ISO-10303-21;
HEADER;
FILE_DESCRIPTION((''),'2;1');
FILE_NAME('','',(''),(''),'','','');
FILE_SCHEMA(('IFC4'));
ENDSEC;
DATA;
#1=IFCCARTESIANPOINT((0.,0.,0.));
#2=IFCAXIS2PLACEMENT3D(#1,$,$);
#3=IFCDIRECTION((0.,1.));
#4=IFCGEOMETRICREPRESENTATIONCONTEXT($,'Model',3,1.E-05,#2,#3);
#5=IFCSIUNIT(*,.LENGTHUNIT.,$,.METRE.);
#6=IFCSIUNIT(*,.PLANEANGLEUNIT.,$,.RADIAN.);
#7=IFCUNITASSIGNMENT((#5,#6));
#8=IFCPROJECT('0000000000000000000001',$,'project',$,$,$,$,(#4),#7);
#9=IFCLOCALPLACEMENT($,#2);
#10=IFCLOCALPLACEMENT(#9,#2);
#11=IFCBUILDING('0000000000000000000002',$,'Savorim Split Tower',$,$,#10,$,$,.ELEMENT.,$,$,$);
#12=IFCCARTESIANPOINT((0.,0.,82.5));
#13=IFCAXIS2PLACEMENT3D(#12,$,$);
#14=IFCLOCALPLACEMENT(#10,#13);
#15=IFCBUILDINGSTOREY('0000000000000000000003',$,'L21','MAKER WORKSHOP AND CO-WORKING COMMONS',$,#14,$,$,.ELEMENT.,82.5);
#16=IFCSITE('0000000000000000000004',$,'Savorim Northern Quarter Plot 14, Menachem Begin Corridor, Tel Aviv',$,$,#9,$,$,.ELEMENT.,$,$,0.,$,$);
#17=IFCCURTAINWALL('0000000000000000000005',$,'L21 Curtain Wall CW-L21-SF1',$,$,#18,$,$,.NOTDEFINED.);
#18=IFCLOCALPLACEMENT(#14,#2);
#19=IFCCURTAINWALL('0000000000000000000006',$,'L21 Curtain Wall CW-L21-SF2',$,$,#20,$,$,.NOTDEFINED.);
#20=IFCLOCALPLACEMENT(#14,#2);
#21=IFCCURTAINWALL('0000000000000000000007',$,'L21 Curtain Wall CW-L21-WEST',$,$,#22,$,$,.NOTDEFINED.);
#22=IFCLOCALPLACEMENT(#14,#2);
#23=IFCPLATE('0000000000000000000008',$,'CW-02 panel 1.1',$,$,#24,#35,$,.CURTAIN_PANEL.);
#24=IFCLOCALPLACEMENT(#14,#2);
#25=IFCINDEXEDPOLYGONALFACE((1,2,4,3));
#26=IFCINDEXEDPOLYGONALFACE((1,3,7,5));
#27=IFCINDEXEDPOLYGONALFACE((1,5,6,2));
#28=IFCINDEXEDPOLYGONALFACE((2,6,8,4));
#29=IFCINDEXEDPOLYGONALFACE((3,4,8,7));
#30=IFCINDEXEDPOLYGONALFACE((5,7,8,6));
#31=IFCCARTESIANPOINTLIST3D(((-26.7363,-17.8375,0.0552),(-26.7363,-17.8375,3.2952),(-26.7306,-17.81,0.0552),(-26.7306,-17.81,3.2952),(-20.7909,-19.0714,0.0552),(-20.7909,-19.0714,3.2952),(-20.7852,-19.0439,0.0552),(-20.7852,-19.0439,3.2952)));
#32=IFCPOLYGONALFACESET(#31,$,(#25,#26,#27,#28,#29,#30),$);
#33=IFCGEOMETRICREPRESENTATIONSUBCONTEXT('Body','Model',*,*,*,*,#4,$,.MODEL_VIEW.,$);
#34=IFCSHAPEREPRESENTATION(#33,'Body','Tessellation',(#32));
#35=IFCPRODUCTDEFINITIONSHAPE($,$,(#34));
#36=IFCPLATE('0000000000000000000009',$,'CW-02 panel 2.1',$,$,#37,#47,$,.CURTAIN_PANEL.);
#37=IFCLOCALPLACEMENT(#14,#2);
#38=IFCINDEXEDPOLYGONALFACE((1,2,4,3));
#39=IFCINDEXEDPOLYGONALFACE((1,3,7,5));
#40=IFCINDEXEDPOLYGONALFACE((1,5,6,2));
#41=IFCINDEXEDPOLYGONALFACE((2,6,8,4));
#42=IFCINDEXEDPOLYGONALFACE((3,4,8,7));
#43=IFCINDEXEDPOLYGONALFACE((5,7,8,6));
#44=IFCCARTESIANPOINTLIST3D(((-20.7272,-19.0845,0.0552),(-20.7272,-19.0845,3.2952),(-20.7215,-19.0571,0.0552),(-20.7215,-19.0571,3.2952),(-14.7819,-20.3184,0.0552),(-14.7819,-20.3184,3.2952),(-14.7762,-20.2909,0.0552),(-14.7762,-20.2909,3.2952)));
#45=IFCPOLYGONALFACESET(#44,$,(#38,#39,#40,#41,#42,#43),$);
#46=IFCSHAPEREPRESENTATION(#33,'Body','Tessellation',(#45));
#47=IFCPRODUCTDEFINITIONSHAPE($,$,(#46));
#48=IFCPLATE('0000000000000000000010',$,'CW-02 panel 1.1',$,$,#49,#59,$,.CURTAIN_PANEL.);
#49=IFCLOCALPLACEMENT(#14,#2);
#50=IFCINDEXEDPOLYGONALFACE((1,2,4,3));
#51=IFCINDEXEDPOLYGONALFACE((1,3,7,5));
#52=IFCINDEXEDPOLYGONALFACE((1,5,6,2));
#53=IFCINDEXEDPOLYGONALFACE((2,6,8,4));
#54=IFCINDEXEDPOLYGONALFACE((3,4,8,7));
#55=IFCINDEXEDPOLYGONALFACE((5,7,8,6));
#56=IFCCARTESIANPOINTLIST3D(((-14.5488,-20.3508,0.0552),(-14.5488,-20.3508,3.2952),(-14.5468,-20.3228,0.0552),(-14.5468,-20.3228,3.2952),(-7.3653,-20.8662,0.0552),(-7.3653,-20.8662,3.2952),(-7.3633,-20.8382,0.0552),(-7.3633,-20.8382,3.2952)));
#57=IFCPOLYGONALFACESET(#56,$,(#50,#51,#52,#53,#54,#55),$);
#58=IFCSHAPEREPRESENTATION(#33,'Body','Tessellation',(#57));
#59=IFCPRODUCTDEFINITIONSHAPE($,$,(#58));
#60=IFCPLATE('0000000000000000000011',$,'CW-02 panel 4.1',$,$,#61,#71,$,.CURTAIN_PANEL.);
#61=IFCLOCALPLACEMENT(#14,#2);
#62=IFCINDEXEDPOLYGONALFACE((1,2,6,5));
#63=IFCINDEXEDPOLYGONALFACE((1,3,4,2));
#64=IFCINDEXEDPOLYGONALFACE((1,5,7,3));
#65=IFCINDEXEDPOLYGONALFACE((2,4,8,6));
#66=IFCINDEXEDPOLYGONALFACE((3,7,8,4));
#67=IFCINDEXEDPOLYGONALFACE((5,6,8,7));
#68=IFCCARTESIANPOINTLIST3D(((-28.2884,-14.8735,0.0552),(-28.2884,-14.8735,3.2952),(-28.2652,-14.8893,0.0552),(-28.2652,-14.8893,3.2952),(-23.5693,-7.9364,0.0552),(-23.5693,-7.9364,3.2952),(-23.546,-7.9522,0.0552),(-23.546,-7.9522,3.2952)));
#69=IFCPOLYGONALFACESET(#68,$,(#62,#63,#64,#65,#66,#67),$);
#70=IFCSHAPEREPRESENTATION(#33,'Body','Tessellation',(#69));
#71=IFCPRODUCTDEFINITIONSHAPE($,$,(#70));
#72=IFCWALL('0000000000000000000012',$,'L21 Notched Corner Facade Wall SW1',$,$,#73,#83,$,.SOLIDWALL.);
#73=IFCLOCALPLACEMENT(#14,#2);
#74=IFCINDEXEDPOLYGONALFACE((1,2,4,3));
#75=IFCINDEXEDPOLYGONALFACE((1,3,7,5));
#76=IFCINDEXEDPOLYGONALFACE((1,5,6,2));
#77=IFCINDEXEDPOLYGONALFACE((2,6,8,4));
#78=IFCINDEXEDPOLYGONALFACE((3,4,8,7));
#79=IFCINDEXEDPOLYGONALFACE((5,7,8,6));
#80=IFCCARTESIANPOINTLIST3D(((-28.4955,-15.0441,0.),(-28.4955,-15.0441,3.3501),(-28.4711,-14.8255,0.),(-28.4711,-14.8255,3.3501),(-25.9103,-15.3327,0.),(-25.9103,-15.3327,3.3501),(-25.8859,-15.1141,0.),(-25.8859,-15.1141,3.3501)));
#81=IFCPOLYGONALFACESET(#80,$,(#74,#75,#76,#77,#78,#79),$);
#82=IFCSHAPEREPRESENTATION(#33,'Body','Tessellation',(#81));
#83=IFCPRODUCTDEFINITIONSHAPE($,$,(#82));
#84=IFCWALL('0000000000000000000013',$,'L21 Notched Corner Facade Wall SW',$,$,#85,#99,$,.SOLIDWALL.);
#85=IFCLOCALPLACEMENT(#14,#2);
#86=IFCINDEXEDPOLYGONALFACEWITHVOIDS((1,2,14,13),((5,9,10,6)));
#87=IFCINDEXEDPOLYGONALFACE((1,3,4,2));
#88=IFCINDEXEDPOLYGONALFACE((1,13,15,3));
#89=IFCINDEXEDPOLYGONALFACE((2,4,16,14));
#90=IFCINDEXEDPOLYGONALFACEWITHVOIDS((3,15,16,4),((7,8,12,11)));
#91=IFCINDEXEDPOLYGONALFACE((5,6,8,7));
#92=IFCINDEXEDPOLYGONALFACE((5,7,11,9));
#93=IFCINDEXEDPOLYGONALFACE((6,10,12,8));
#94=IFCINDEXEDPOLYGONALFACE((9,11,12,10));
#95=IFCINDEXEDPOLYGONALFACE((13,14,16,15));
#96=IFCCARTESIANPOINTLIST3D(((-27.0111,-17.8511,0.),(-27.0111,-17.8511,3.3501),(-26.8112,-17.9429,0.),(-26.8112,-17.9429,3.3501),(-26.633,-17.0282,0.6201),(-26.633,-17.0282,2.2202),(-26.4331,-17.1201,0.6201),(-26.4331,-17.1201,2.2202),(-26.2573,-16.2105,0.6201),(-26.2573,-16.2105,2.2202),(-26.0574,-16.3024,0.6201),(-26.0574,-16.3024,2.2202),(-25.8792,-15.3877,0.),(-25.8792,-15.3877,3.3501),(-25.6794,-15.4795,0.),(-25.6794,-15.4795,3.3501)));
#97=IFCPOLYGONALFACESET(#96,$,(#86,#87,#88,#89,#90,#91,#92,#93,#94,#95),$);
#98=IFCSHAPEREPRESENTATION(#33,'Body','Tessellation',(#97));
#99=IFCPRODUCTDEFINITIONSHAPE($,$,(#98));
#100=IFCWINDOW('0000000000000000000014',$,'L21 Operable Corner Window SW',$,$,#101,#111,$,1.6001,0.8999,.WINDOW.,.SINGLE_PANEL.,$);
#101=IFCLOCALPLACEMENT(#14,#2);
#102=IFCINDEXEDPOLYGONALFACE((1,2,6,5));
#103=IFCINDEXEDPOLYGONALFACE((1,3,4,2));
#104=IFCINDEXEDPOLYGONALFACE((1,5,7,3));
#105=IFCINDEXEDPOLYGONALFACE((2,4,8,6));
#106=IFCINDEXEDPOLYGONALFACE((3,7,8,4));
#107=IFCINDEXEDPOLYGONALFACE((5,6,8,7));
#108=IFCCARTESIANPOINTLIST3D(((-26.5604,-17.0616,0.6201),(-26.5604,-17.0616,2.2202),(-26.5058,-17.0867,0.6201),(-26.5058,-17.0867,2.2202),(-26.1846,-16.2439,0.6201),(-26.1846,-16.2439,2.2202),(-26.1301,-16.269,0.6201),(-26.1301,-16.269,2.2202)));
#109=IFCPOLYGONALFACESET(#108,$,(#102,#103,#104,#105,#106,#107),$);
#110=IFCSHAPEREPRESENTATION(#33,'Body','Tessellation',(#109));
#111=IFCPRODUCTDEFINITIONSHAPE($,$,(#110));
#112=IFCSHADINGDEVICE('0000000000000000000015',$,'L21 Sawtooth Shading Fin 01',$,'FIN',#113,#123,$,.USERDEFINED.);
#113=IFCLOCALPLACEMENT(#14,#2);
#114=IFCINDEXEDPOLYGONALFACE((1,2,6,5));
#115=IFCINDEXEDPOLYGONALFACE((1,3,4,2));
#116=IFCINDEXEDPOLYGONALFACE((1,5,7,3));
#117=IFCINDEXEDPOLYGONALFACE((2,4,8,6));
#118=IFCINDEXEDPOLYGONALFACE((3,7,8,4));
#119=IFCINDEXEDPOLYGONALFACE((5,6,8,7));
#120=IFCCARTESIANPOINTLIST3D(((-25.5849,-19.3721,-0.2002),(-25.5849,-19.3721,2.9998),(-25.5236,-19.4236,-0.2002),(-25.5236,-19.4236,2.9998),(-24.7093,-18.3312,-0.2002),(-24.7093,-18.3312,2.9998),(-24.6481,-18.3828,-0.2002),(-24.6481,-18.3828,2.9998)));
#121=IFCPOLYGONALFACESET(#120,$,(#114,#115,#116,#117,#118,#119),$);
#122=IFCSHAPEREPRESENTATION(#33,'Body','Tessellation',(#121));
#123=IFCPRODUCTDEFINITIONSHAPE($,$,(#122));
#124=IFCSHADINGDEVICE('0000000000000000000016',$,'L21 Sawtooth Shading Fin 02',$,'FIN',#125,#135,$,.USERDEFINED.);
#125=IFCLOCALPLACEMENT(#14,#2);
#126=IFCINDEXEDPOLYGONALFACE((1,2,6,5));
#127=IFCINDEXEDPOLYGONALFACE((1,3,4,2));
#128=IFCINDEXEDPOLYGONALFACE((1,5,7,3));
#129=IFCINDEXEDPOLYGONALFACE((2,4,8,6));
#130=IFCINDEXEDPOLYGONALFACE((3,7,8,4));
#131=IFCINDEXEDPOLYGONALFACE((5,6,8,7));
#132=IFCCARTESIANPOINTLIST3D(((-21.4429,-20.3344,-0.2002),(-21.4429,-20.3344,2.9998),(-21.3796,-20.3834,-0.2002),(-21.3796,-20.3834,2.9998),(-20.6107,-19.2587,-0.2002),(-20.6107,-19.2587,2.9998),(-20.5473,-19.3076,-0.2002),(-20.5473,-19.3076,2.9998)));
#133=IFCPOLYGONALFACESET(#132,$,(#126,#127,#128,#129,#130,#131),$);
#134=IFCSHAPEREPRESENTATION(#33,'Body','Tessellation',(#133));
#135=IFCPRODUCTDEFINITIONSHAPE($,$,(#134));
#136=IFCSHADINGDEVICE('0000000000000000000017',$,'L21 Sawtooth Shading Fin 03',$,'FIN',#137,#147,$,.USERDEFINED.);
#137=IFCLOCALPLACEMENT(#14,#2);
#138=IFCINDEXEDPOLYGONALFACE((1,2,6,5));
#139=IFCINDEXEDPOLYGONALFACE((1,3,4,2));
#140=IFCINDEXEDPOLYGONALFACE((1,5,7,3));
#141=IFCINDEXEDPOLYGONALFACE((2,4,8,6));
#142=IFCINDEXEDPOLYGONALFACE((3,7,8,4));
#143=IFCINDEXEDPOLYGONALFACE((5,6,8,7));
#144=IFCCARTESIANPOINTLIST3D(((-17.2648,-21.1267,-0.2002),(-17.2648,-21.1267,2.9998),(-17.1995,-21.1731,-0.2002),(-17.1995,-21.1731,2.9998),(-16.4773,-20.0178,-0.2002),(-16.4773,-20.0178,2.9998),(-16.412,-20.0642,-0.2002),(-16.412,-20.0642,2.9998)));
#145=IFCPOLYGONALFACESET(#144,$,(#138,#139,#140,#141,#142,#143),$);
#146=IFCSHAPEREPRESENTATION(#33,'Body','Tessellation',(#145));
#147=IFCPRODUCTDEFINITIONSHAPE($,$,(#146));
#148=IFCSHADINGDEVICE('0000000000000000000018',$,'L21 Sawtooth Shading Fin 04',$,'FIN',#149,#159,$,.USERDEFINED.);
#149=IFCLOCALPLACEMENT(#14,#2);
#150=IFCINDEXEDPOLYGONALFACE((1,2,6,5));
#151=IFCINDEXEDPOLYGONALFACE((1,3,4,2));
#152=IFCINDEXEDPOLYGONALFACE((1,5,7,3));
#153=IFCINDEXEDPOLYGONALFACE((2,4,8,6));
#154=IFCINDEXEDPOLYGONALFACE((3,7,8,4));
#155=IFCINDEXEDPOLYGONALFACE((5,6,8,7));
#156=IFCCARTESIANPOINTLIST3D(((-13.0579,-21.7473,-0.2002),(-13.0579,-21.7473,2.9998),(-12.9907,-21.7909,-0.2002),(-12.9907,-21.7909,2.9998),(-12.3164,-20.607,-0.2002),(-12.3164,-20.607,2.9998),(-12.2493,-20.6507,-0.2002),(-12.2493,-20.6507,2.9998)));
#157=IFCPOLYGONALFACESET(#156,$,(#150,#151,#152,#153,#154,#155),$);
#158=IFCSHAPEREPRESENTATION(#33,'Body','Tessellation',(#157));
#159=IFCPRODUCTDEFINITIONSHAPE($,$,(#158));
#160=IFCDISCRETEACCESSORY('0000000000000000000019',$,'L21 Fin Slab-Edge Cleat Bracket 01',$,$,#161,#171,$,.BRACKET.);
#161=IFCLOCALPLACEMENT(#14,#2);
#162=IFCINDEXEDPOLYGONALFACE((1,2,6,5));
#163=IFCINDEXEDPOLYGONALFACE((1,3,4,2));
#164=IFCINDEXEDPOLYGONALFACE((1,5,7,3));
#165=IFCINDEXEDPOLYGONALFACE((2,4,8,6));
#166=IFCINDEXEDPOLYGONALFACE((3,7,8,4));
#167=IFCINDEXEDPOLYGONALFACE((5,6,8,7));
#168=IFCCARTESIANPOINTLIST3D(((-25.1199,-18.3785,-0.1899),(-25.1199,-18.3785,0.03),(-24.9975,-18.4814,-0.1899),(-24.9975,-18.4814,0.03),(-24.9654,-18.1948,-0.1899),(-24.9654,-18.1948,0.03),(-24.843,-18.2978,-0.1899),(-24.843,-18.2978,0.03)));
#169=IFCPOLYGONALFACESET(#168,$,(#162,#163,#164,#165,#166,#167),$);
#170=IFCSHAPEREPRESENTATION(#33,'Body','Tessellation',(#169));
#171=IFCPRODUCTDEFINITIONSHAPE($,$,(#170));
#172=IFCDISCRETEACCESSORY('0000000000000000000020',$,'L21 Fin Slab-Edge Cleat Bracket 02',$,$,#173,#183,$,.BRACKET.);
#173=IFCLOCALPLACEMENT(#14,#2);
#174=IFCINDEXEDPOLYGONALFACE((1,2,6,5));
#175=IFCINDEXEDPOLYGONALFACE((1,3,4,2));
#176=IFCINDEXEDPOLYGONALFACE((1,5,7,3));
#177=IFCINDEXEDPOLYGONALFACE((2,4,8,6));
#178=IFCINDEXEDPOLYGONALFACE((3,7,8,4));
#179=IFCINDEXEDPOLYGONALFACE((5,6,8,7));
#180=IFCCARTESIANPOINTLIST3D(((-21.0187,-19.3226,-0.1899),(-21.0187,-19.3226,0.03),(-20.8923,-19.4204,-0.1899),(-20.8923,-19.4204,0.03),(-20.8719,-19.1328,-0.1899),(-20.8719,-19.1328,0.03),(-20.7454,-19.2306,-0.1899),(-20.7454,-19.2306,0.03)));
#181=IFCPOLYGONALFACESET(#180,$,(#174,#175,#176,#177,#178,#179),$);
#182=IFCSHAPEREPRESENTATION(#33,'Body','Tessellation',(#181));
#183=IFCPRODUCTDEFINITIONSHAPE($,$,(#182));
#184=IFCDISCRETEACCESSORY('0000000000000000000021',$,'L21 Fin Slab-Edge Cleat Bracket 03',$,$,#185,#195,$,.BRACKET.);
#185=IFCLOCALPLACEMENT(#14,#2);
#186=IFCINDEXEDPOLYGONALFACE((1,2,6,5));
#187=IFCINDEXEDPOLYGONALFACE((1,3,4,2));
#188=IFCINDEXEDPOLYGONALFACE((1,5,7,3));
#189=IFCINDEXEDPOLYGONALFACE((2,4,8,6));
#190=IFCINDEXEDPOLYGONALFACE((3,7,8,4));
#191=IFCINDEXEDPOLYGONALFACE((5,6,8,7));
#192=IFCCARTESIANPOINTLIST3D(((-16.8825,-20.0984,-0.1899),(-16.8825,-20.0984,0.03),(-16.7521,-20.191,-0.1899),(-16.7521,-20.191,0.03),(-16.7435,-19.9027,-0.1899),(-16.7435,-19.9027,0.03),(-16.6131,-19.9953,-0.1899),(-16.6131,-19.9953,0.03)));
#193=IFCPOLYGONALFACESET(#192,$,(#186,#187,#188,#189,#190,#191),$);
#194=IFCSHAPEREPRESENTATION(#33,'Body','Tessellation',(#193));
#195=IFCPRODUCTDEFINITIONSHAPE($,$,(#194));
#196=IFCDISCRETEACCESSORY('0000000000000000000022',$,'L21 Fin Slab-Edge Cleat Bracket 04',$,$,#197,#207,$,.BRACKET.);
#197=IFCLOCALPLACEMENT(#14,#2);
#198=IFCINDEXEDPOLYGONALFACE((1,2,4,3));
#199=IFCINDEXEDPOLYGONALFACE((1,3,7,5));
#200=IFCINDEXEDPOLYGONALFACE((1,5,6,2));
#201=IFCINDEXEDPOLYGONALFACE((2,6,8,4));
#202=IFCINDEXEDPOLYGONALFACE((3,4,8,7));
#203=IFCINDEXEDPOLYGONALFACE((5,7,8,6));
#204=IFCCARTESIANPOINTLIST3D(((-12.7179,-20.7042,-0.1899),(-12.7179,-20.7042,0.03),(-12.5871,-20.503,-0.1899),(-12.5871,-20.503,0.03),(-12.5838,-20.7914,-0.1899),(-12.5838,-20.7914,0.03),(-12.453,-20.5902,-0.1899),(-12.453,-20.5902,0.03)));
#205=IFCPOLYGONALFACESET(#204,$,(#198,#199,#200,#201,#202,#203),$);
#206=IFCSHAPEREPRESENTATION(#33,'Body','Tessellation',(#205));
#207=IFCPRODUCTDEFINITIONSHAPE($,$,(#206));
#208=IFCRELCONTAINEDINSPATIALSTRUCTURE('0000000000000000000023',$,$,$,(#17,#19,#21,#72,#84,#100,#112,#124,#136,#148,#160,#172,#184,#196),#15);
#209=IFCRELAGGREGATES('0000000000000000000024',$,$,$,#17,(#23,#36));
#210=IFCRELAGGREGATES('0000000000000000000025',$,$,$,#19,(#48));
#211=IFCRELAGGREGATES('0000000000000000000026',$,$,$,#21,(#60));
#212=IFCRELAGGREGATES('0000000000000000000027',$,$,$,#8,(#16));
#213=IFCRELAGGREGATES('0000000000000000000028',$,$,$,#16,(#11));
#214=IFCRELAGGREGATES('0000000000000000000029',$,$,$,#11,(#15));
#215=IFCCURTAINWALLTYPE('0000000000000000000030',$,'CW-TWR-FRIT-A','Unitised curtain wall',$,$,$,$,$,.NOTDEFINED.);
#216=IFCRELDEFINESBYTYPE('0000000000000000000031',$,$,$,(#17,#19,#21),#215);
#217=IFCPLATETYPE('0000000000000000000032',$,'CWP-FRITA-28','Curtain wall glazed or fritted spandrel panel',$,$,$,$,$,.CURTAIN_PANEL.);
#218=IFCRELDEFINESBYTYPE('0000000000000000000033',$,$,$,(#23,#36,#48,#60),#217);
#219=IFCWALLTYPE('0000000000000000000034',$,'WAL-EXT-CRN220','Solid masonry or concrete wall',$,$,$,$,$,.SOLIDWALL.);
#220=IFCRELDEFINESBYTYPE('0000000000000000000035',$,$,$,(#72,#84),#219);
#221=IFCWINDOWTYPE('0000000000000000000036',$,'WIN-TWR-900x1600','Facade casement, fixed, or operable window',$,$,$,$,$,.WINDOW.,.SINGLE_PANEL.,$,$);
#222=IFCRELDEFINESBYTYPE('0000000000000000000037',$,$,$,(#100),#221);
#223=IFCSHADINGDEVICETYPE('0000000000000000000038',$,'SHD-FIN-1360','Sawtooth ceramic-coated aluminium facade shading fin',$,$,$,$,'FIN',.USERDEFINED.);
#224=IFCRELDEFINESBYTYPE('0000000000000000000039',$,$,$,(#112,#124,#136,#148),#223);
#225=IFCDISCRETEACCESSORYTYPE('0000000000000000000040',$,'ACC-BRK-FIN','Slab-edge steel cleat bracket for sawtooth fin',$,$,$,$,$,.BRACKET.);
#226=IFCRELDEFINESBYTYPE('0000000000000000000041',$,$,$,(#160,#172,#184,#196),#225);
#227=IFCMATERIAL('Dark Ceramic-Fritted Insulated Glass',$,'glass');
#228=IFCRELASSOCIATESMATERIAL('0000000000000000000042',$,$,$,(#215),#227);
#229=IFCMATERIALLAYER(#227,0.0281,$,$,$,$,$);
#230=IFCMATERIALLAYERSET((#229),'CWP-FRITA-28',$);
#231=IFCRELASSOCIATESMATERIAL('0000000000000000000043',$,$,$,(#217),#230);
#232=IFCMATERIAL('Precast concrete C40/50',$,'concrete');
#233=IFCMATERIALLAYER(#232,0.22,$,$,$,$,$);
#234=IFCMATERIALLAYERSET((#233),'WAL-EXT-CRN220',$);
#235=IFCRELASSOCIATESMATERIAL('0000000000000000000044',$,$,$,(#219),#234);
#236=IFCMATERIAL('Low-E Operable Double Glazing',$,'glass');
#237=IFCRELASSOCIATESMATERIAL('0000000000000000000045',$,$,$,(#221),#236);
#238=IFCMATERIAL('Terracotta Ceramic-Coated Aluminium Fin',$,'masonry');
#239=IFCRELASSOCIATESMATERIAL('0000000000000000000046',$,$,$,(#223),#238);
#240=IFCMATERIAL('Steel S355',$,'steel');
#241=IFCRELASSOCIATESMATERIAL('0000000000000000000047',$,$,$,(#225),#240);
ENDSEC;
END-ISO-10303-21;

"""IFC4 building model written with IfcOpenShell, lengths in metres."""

from ifc_helpers import new_model, si_unit, direction, frame, frame_2d, origin, origin_2d, place, context, subcontext, project, spatial, rectangle, extrude, material, layer, layer_set, type_object, element, fill, aggregate, save


model = new_model("IFC4")

# Units and contexts
model_context = context("Model", 3, precision=1e-05, world=origin(), true_north=direction((0.0, 1.0)))
body_context = subcontext(model_context, "Body", "Model", "MODEL_VIEW")
ifc_project = project(units=[si_unit("LENGTHUNIT", "METRE"), si_unit("PLANEANGLEUNIT", "RADIAN")], contexts=[model_context])

# Site, building, storey
site_placement = place(None, origin())
site = spatial("IfcSite", under=ifc_project, at=site_placement, Name="Savorim Northern Quarter Plot 14, Menachem Begin Corridor, Tel Aviv", CompositionType="ELEMENT", RefElevation=0.0)
building_placement = place(site_placement, origin())
building = spatial("IfcBuilding", under=site, at=building_placement, Name="Savorim Split Tower", CompositionType="ELEMENT")
storey_placement = place(building_placement, frame((0.0, 0.0, 82.5)))
storey = spatial("IfcBuildingStorey", under=building, at=storey_placement, Name="L21", Description="MAKER WORKSHOP AND CO-WORKING COMMONS", CompositionType="ELEMENT", Elevation=82.5)

# Shared definitions
ifc_material_1 = material(Name="Steel S355", Category="steel")

# Curtain wall
ifc_material_2 = material(Name="Dark Ceramic-Fritted Insulated Glass", Category="glass")
curtain_wall_type = type_object("IfcCurtainWallType", Name="CW-TWR-FRIT-A", Description="Unitised curtain wall", PredefinedType="NOTDEFINED", material=ifc_material_2)
curtain_wall_1_placement = place(storey_placement, origin())
curtain_wall_1 = element("IfcCurtainWall", 1, at=curtain_wall_1_placement, inside=storey, type_object=curtain_wall_type, Name="L21 Curtain Wall CW-L21-SF1", PredefinedType="NOTDEFINED")

# Curtain wall
curtain_wall_2_placement = place(storey_placement, origin())
curtain_wall_2 = element("IfcCurtainWall", 2, at=curtain_wall_2_placement, inside=storey, type_object=curtain_wall_type, Name="L21 Curtain Wall CW-L21-SF2", PredefinedType="NOTDEFINED")

# Curtain wall
curtain_wall_3_placement = place(storey_placement, origin())
curtain_wall_3 = element("IfcCurtainWall", 3, at=curtain_wall_3_placement, inside=storey, type_object=curtain_wall_type, Name="L21 Curtain Wall CW-L21-WEST", PredefinedType="NOTDEFINED")

# Plates
ifc_layer_1 = layer(ifc_material_2, 0.0281)
ifc_layer_set_1 = layer_set([ifc_layer_1], Name="CWP-FRITA-28")
plate_type = type_object("IfcPlateType", Name="CWP-FRITA-28", Description="Curtain wall glazed or fritted spandrel panel", PredefinedType="CURTAIN_PANEL", material=ifc_layer_set_1)
plate_1_placement = place(storey_placement, frame((-23.7607, -18.4407, 0.0552), z_axis=(0.0, 0.0, 1.0), x_axis=(0.979135, -0.20321, 0.0)))
plate_1 = element("IfcPlate", 4, at=plate_1_placement, type_object=plate_type, Name="CW-02 panel 1.1", PredefinedType="CURTAIN_PANEL", context=body_context, shape_type="SweptSolid", body=[
    extrude(rectangle(XDim=6.072, YDim=0.0281, at=origin_2d()), origin(), (0.0, 0.0, 1.0), 3.24),
])
plate_2_placement = place(storey_placement, frame((-17.7517, -19.6877, 0.0552), z_axis=(0.0, 0.0, 1.0), x_axis=(0.979135, -0.20321, 0.0)))
plate_2 = element("IfcPlate", 5, at=plate_2_placement, type_object=plate_type, Name="CW-02 panel 2.1", PredefinedType="CURTAIN_PANEL", context=body_context, shape_type="SweptSolid", body=[
    extrude(rectangle(XDim=6.072, YDim=0.0281, at=origin_2d()), origin(), (0.0, 0.0, 1.0), 3.24),
])
aggregate(curtain_wall_1, [plate_1, plate_2])
plate_3_placement = place(storey_placement, frame((-10.9561, -20.5945, 0.0552), z_axis=(0.0, 0.0, 1.0), x_axis=(0.997436, -0.071561, 0.0)))
plate_3 = element("IfcPlate", 6, at=plate_3_placement, type_object=plate_type, Name="CW-02 panel 1.1", PredefinedType="CURTAIN_PANEL", context=body_context, shape_type="SweptSolid", body=[
    extrude(rectangle(XDim=7.2019, YDim=0.0281, at=origin_2d()), origin(), (0.0, 0.0, 1.0), 3.24),
])
aggregate(curtain_wall_2, [plate_3])
plate_4_placement = place(storey_placement, frame((-25.9172, -11.4128, 0.0552), z_axis=(0.0, 0.0, 1.0), x_axis=(-0.562468, -0.826819, 0.0)))
plate_4 = element("IfcPlate", 7, at=plate_4_placement, type_object=plate_type, Name="CW-02 panel 4.1", PredefinedType="CURTAIN_PANEL", context=body_context, shape_type="SweptSolid", body=[
    extrude(rectangle(XDim=8.3901, YDim=0.0281, at=origin_2d()), origin(), (0.0, 0.0, 1.0), 3.24),
])
aggregate(curtain_wall_3, [plate_4])

# Wall
ifc_material_3 = material(Name="Precast concrete C40/50", Category="concrete")
ifc_layer_2 = layer(ifc_material_3, 0.22)
ifc_layer_set_2 = layer_set([ifc_layer_2], Name="WAL-EXT-CRN220")
wall_type = type_object("IfcWallType", Name="WAL-EXT-CRN220", Description="Solid masonry or concrete wall", PredefinedType="SOLIDWALL", material=ifc_layer_set_2)
wall_1_placement = place(storey_placement, frame((-25.8979, -15.2234, 0.0), z_axis=(0.0, 0.0, 1.0), x_axis=(-0.993828, 0.110936, 0.0)))
element("IfcWall", 8, at=wall_1_placement, inside=storey, type_object=wall_type, Name="L21 Notched Corner Facade Wall SW1", PredefinedType="SOLIDWALL", context=body_context, shape_type="SweptSolid", body=[
    extrude(rectangle(XDim=2.6013, YDim=0.22, at=frame_2d((1.3008, 0.0))), origin(), (0.0, 0.0, 1.0), 3.3501),
])

# Wall, opening, window
wall_2_placement = place(storey_placement, frame((-26.9111, -17.897, 0.0), z_axis=(0.0, 0.0, 1.0), x_axis=(0.417504, 0.908675, 0.0)))
wall_2 = element("IfcWall", 9, at=wall_2_placement, inside=storey, type_object=wall_type, Name="L21 Notched Corner Facade Wall SW", PredefinedType="SOLIDWALL", context=body_context, shape_type="SweptSolid", body=[
    extrude(rectangle(XDim=2.7109, YDim=0.22, at=frame_2d((1.3555, 0.0))), origin(), (0.0, 0.0, 1.0), 3.3501),
])
opening_placement = place(wall_2_placement, frame((0.9055, 0.0, 0.6201)))
opening = element("IfcOpeningElement", 10, at=opening_placement, cuts=wall_2, PredefinedType="OPENING", context=body_context, shape_type="SweptSolid", body=[
    extrude(rectangle(XDim=0.8999, YDim=1.6001, at=frame_2d((0.45, 0.8))), frame((0.0, 0.1199, 0.0), z_axis=(0.0, -1.0, 0.0), x_axis=(1.0, 0.0, 0.0)), (0.0, 0.0, 1.0), 0.24),
])
ifc_material_4 = material(Name="Low-E Operable Double Glazing", Category="glass")
window_type = type_object("IfcWindowType", Name="WIN-TWR-900x1600", Description="Facade casement, fixed, or operable window", PartitioningType="SINGLE_PANEL", PredefinedType="WINDOW", material=ifc_material_4)
window_placement = place(opening_placement, origin())
window = element("IfcWindow", 11, at=window_placement, inside=storey, type_object=window_type, Name="L21 Operable Corner Window SW", OverallHeight=1.6001, OverallWidth=0.8999, PartitioningType="SINGLE_PANEL", PredefinedType="WINDOW", context=body_context, shape_type="SweptSolid", body=[
    extrude(rectangle(XDim=0.8999, YDim=1.6001, at=frame_2d((0.45, 0.8))), frame((0.0, 0.03, 0.0), z_axis=(0.0, -1.0, 0.0), x_axis=(1.0, 0.0, 0.0)), (0.0, 0.0, 1.0), 0.0601),
])
fill(opening, window)

# Shading devices
ifc_material_5 = material(Name="Terracotta Ceramic-Coated Aluminium Fin", Category="masonry")
shading_device_type = type_object("IfcShadingDeviceType", Name="SHD-FIN-1360", Description="Sawtooth ceramic-coated aluminium facade shading fin", ElementType="FIN", PredefinedType="USERDEFINED", material=ifc_material_5)
for number, where, z_axis, x_axis, name in (
    (12, (-25.1165, -18.8774, -0.2002), (0.0, 0.0, 1.0), (-0.643719, -0.765262, 0.0), "L21 Sawtooth Shading Fin 01"),
    (13, (-20.9951, -19.821, -0.2002), (0.0, 0.0, 1.0), (-0.611868, -0.79096, 0.0), "L21 Sawtooth Shading Fin 02"),
    (14, (-16.8384, -20.5955, -0.2002), (0.0, 0.0, 1.0), (-0.578994, -0.815332, 0.0), "L21 Sawtooth Shading Fin 03"),
    (15, (-12.6536, -21.199, -0.2002), (0.0, 0.0, 1.0), (-0.545148, -0.83834, 0.0), "L21 Sawtooth Shading Fin 04"),
):
    element("IfcShadingDevice", number, at=place(storey_placement, frame(where, z_axis=z_axis, x_axis=x_axis)), inside=storey, type_object=shading_device_type, Name=name, ObjectType="FIN", PredefinedType="USERDEFINED", context=body_context, shape_type="SweptSolid", body=[
        extrude(rectangle(XDim=1.3601, YDim=0.0801, at=origin_2d()), origin(), (0.0, 0.0, 1.0), 3.2),
    ])

# Discrete accessories
discrete_accessory_type = type_object("IfcDiscreteAccessoryType", Name="ACC-BRK-FIN", Description="Slab-edge steel cleat bracket for sawtooth fin", PredefinedType="BRACKET", material=ifc_material_1)
for number, where, z_axis, x_axis, name in (
    (16, (-24.9814, -18.3381, -0.1899), (0.0, 0.0, 1.0), (-0.643719, -0.765262, 0.0), "L21 Fin Slab-Edge Cleat Bracket 01"),
    (17, (-20.8821, -19.2766, -0.1899), (0.0, 0.0, 1.0), (-0.611868, -0.79096, 0.0), "L21 Fin Slab-Edge Cleat Bracket 02"),
    (18, (-16.7478, -20.0469, -0.1899), (0.0, 0.0, 1.0), (-0.578994, -0.815332, 0.0), "L21 Fin Slab-Edge Cleat Bracket 03"),
    (19, (-12.5854, -20.6472, -0.1899), (0.0, 0.0, 1.0), (-0.545148, -0.83834, 0.0), "L21 Fin Slab-Edge Cleat Bracket 04"),
):
    element("IfcDiscreteAccessory", number, at=place(storey_placement, frame(where, z_axis=z_axis, x_axis=x_axis)), inside=storey, type_object=discrete_accessory_type, Name=name, PredefinedType="BRACKET", context=body_context, shape_type="SweptSolid", body=[
        extrude(rectangle(XDim=0.24, YDim=0.1599, at=origin_2d()), origin(), (0.0, 0.0, 1.0), 0.22),
    ])

save(model, "model.ifc")
